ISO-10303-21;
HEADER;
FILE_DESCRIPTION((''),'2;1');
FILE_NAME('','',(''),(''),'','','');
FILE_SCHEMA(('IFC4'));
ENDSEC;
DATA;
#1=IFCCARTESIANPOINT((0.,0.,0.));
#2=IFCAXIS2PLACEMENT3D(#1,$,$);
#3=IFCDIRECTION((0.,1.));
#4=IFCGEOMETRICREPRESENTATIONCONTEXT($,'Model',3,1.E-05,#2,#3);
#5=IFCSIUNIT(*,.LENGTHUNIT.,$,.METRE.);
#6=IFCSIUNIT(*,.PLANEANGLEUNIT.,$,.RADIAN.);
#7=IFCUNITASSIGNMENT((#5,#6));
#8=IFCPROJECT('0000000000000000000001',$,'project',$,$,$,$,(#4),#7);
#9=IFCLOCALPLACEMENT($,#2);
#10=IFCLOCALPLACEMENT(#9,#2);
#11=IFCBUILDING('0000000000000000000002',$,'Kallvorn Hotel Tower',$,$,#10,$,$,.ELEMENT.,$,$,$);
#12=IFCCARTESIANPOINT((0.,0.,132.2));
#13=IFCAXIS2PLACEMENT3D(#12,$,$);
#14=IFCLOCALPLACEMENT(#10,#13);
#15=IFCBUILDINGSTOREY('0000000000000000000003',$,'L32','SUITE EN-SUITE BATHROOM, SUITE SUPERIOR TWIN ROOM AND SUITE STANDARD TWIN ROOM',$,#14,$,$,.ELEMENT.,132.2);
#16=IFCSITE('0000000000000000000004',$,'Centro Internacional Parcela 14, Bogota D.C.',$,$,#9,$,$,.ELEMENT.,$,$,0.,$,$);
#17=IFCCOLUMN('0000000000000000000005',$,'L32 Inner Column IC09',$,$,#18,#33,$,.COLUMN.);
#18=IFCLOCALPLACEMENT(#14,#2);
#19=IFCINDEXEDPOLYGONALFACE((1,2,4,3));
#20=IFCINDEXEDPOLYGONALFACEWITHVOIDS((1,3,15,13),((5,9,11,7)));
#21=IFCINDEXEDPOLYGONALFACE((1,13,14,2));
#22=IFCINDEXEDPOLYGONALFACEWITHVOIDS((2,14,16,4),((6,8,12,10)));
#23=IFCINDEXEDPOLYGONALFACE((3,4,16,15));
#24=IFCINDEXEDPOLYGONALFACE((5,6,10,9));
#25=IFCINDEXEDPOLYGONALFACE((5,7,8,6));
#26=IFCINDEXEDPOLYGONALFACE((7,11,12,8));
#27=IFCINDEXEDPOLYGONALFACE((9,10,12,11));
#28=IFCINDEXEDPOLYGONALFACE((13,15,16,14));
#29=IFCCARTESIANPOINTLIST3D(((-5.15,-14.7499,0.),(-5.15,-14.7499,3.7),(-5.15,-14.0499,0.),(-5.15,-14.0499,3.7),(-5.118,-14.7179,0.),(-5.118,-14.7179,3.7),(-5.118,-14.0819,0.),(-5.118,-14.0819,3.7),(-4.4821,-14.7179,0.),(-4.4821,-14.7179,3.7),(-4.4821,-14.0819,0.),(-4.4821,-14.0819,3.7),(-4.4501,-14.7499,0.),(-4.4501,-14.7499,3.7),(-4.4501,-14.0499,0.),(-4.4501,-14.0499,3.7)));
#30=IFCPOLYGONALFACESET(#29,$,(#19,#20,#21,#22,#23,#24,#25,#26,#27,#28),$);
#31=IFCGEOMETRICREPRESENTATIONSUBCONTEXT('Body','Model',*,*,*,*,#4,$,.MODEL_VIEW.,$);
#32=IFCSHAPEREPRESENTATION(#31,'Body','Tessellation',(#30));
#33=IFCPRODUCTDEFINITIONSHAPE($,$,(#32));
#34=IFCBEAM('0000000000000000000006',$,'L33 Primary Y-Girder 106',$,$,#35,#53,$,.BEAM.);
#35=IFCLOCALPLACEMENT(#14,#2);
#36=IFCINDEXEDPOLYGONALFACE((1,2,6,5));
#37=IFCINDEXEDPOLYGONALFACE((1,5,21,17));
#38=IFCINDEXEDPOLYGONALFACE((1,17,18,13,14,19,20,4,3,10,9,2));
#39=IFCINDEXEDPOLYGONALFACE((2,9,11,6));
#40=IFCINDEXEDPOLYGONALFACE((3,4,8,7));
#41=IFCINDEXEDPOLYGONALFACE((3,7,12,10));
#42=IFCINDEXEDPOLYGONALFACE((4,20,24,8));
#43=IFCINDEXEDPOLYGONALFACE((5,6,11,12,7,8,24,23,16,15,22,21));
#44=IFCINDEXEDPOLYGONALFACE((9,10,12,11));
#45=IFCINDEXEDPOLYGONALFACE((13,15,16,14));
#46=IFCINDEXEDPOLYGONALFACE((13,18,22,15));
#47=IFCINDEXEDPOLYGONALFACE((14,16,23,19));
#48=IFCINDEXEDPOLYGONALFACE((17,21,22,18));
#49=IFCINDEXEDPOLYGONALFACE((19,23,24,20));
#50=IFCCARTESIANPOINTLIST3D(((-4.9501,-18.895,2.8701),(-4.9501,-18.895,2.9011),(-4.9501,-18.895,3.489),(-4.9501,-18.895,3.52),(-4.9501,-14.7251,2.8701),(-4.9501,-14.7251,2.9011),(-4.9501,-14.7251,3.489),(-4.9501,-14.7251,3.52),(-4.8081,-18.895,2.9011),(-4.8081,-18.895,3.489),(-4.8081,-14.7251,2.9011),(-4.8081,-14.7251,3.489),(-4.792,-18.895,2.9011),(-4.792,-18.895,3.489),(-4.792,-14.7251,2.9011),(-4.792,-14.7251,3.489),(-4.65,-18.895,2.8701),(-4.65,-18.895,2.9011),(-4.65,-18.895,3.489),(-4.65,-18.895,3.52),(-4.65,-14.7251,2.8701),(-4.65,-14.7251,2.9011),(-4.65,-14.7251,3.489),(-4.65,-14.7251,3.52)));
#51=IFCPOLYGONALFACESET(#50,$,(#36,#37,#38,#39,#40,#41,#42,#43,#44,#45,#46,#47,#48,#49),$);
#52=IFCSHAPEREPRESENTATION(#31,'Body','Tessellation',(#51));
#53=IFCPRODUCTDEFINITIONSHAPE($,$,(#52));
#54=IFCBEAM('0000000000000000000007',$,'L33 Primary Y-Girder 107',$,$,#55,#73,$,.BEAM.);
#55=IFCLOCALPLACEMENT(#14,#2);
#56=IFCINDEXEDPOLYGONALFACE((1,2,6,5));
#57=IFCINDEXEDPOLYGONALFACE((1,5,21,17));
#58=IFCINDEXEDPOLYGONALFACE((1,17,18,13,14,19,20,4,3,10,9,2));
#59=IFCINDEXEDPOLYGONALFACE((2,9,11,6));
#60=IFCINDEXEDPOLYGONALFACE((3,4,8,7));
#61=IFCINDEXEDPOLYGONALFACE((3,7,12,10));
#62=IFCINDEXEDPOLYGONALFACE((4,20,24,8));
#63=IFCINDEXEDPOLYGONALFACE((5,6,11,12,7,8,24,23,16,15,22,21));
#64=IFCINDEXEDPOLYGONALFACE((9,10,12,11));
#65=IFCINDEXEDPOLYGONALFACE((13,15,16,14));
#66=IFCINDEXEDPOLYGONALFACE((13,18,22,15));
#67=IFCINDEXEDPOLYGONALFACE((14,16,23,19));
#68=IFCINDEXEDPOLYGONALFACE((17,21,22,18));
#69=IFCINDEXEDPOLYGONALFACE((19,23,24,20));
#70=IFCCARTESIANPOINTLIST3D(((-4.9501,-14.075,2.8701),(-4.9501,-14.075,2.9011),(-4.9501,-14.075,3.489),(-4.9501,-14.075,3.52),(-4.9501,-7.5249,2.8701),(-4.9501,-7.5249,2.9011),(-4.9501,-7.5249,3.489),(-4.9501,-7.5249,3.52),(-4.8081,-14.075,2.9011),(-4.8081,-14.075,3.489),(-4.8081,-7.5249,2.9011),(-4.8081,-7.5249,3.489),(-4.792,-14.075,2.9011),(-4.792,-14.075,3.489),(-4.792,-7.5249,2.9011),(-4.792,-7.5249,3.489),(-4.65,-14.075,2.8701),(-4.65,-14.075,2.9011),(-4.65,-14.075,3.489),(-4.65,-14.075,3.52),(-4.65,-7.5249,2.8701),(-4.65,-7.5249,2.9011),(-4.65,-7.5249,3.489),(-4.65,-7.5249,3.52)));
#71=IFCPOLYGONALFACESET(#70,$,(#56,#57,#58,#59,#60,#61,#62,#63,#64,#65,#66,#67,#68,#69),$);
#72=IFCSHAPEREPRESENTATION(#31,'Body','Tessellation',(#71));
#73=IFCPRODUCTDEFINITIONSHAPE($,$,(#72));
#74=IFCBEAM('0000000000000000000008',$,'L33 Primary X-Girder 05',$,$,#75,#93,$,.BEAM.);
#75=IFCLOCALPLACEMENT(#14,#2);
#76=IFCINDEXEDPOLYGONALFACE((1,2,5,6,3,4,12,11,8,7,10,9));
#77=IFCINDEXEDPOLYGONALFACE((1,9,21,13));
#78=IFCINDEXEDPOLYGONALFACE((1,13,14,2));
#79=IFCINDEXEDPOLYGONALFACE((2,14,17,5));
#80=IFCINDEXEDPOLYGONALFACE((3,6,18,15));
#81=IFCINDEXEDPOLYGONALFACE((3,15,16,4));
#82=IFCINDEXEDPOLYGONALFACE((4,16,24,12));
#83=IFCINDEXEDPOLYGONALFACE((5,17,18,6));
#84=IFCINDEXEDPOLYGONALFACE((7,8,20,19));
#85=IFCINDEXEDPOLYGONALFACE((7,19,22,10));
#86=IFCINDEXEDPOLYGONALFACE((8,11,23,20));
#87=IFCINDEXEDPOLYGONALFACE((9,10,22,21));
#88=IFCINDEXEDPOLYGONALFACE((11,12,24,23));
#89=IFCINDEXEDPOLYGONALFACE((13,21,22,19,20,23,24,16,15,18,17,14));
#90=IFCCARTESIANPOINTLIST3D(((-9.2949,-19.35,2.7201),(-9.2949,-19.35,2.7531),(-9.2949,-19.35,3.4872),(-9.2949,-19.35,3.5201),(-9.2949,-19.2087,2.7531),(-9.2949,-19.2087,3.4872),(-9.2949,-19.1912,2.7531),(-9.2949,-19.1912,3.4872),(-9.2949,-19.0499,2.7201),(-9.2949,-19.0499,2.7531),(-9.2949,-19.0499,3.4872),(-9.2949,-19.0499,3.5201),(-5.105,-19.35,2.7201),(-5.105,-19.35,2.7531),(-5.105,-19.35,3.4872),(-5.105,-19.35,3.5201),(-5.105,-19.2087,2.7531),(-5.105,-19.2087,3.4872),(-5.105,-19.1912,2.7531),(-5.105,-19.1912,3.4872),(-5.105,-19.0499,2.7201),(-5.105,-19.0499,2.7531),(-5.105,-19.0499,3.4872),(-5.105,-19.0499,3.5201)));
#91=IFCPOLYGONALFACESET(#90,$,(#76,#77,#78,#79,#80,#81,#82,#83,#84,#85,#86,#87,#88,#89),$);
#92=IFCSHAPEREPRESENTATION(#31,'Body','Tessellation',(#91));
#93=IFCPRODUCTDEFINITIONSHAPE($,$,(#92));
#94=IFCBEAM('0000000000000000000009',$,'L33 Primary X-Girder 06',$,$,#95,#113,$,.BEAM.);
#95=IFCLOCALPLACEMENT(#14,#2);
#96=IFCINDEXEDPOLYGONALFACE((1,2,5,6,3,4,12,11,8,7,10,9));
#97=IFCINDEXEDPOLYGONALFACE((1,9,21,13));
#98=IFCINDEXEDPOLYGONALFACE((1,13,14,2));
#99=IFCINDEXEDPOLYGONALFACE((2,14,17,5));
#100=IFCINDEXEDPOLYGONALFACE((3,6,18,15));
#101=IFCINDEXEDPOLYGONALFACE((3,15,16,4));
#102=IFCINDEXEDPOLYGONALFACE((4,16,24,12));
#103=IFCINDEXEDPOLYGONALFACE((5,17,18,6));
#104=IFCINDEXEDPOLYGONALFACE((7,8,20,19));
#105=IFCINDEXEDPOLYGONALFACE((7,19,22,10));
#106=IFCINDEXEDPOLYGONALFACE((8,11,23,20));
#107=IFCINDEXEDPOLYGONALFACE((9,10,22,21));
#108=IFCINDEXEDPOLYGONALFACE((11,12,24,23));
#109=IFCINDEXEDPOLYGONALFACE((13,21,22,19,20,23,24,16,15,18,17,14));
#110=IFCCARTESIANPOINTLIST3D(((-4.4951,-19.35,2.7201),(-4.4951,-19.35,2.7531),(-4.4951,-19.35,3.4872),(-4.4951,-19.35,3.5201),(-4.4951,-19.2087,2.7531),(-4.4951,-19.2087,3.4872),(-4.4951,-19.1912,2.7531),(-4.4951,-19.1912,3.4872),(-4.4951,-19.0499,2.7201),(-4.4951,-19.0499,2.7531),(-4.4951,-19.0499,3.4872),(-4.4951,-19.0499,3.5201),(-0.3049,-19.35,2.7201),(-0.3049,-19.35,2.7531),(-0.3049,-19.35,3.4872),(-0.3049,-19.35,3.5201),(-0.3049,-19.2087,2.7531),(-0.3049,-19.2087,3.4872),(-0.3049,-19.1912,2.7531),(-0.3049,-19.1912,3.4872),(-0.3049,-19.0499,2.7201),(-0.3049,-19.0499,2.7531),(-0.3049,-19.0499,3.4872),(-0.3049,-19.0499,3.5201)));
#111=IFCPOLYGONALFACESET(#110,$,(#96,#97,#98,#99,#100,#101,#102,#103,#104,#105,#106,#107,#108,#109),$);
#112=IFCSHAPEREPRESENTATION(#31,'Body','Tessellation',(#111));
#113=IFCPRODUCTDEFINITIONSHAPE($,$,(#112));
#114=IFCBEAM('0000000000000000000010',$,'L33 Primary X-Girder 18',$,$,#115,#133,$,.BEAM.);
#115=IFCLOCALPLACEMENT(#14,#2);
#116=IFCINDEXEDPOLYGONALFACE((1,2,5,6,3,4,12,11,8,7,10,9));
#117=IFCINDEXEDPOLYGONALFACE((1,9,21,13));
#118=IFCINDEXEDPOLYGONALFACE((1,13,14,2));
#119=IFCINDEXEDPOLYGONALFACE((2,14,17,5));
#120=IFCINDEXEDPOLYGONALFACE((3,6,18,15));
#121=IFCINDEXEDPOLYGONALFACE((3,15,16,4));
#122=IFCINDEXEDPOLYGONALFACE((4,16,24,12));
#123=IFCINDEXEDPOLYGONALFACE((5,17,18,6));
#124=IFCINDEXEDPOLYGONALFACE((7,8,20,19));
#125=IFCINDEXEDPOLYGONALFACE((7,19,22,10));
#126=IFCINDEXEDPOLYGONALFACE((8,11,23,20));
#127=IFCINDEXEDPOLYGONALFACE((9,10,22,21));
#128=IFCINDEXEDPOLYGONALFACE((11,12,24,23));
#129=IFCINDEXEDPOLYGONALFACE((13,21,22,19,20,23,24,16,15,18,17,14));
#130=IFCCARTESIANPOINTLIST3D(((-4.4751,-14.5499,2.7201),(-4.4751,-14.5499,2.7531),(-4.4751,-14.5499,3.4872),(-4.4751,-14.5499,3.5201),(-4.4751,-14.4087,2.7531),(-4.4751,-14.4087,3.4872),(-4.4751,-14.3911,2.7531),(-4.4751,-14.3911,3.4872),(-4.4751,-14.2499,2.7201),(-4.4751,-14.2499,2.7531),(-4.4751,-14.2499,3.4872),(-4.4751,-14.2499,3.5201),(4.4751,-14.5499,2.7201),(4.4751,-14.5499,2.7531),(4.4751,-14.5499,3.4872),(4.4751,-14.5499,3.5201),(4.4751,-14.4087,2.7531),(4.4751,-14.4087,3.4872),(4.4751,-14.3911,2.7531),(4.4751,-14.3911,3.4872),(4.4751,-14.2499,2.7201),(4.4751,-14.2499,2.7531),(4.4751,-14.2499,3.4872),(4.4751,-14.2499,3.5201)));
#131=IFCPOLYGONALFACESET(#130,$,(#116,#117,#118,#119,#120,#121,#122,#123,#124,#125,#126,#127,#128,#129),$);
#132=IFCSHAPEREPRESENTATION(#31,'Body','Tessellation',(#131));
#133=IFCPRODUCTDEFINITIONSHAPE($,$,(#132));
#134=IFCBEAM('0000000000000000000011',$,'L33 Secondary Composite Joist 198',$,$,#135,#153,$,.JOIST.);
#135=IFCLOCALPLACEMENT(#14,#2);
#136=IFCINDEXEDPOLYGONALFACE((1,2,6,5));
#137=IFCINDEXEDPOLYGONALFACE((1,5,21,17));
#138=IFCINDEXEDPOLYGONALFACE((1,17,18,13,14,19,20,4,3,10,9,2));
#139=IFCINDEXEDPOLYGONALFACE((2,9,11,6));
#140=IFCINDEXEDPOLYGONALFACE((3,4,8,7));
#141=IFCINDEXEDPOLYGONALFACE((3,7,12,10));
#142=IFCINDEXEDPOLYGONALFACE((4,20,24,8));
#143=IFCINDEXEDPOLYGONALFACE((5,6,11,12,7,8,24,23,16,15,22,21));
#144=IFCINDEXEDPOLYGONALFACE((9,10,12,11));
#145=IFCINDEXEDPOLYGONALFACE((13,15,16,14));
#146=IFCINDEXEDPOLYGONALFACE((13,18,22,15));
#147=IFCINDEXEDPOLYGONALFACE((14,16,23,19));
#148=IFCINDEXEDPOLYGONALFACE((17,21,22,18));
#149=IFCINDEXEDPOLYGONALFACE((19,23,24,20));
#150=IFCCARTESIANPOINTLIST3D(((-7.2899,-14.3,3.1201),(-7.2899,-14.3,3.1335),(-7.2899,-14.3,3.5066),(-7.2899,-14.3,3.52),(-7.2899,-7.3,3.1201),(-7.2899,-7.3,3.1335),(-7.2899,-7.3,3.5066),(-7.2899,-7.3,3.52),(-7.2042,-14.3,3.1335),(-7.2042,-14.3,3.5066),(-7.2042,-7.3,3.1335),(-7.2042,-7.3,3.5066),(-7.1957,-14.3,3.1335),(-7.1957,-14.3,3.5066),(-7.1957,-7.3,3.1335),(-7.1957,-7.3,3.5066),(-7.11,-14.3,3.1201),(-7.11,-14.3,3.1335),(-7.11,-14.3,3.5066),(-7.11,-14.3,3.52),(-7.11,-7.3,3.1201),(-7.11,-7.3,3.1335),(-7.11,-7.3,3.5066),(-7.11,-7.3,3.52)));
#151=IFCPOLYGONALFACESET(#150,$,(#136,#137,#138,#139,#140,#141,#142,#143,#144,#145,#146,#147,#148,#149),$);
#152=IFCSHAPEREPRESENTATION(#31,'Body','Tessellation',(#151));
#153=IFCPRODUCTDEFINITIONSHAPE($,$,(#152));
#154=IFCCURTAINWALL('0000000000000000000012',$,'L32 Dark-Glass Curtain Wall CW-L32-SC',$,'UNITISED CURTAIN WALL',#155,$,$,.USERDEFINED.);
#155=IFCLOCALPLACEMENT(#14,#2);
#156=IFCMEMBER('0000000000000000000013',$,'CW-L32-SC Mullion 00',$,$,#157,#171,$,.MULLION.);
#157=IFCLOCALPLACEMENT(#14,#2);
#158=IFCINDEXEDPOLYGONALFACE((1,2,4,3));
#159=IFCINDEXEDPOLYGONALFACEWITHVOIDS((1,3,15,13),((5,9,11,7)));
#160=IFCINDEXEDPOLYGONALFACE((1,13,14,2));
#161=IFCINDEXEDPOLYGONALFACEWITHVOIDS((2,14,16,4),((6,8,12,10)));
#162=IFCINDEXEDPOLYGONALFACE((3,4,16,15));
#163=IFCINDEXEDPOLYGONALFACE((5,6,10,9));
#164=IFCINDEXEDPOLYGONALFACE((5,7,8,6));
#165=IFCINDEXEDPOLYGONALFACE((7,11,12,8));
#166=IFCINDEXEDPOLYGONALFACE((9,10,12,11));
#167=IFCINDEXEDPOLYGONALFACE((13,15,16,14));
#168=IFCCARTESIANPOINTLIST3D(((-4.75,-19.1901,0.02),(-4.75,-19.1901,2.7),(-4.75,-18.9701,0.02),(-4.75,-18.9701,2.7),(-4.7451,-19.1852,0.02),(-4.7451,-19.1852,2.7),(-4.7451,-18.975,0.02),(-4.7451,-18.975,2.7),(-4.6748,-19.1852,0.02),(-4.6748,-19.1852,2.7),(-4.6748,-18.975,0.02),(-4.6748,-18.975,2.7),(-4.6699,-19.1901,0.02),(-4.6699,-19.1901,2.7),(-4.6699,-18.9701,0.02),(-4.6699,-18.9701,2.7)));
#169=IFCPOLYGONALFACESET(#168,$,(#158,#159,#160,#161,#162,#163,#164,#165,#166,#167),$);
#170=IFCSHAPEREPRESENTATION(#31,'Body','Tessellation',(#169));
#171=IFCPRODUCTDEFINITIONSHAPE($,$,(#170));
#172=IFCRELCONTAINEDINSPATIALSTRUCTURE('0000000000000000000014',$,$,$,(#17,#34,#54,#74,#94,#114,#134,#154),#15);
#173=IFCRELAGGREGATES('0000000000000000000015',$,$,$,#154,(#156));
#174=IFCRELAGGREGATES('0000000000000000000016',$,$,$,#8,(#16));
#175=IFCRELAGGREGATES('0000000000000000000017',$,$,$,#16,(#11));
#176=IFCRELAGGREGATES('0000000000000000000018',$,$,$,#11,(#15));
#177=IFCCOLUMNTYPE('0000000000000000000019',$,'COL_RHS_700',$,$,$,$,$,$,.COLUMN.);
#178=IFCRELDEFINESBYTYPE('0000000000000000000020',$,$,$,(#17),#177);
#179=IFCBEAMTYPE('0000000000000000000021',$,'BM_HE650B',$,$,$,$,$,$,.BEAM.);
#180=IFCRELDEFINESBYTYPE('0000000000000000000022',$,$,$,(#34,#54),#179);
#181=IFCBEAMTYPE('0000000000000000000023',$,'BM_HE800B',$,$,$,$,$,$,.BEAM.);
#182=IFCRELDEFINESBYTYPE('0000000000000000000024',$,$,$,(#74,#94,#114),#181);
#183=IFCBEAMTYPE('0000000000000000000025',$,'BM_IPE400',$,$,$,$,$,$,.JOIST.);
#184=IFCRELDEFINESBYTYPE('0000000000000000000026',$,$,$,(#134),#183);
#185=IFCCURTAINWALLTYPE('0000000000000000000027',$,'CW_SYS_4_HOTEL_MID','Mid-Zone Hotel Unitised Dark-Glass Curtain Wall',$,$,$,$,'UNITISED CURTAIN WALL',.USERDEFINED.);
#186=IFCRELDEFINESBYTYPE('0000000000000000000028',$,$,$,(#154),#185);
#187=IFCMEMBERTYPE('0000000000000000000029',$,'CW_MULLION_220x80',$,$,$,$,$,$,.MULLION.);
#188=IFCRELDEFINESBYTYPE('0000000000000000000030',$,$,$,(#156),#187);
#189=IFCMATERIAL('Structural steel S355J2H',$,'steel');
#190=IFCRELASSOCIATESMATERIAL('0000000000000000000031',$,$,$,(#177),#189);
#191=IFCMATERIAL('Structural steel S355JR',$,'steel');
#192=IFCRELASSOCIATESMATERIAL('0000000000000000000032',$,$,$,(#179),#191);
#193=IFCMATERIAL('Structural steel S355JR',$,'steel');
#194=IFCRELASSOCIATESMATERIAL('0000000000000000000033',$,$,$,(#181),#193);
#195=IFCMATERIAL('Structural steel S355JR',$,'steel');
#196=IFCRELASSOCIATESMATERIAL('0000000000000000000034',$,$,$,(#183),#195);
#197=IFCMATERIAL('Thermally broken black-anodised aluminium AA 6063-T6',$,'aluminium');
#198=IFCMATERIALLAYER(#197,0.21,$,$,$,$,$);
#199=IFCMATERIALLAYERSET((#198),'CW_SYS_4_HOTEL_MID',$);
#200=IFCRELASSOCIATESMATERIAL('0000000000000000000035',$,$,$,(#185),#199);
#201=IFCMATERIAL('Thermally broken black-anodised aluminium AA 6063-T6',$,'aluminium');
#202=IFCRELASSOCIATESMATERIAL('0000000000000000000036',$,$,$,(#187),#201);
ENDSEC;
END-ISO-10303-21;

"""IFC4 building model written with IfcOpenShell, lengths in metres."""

from ifc_helpers import new_model, si_unit, direction, frame, origin, origin_2d, place, context, subcontext, project, spatial, hollow_rectangle, i_section, extrude, material, layer, layer_set, material_profile, profile_set, type_object, element, aggregate, save


model = new_model("IFC4")

# Units and contexts
model_context = context("Model", 3, precision=1e-05, world=origin(), true_north=direction((0.0, 1.0)))
body_context = subcontext(model_context, "Body", "Model", "MODEL_VIEW")
ifc_project = project(units=[si_unit("LENGTHUNIT", "METRE"), si_unit("PLANEANGLEUNIT", "RADIAN")], contexts=[model_context])

# Site, building, storey
site_placement = place(None, origin())
site = spatial("IfcSite", under=ifc_project, at=site_placement, Name="Centro Internacional Parcela 14, Bogota D.C.", CompositionType="ELEMENT", RefElevation=0.0)
building_placement = place(site_placement, origin())
building = spatial("IfcBuilding", under=site, at=building_placement, Name="Kallvorn Hotel Tower", CompositionType="ELEMENT")
storey_placement = place(building_placement, frame((0.0, 0.0, 132.2)))
storey = spatial("IfcBuildingStorey", under=building, at=storey_placement, Name="L32", Description="SUITE EN-SUITE BATHROOM, SUITE SUPERIOR TWIN ROOM AND SUITE STANDARD TWIN ROOM", CompositionType="ELEMENT", Elevation=132.2)

# Column
ifc_material_1 = material(Name="Structural steel S355J2H", Category="steel")
ifc_material_profile_1 = material_profile(ifc_material_1, hollow_rectangle(XDim=0.7, YDim=0.7, WallThickness=0.032, at=origin_2d()), Name="RHS 700x700x32")
ifc_profile_set_1 = profile_set([ifc_material_profile_1], Name="Structural steel S355J2H")
column_type_1 = type_object("IfcColumnType", Name="COL_RHS_700", PredefinedType="COLUMN", material=ifc_profile_set_1)
column_placement = place(storey_placement, frame((-4.8, -14.3999, 0.0), z_axis=(0.0, 0.0, 1.0), x_axis=(1.0, 0.0, 0.0)))
element("IfcColumn", 1, at=column_placement, inside=storey, type_object=column_type_1, Name="L32 Inner Column IC09", PredefinedType="COLUMN", context=body_context, shape_type="SweptSolid", body=[
    extrude(hollow_rectangle(XDim=0.7, YDim=0.7, WallThickness=0.032, at=origin_2d()), origin(), (0.0, 0.0, 1.0), 3.7),
])

# Beams
ifc_material_2 = material(Name="Structural steel S355JR", Category="steel")
ifc_material_profile_2 = material_profile(ifc_material_2, i_section(OverallWidth=0.3, OverallDepth=0.6499, WebThickness=0.0161, FlangeThickness=0.031, at=origin_2d()), Name="HE 650 B")
ifc_profile_set_2 = profile_set([ifc_material_profile_2], Name="Structural steel S355JR")
beam_type_1 = type_object("IfcBeamType", Name="BM_HE650B", PredefinedType="BEAM", material=ifc_profile_set_2)
beam_1_placement = place(storey_placement, frame((-4.8, -18.895, 3.1951), z_axis=(0.0, 1.0, 0.0), x_axis=(-1.0, 0.0, 0.0)))
element("IfcBeam", 2, at=beam_1_placement, inside=storey, type_object=beam_type_1, Name="L33 Primary Y-Girder 106", PredefinedType="BEAM", context=body_context, shape_type="SweptSolid", body=[
    extrude(i_section(OverallWidth=0.3, OverallDepth=0.6499, WebThickness=0.0161, FlangeThickness=0.031, at=origin_2d()), origin(), (0.0, 0.0, 1.0), 4.1699),
])
beam_2_placement = place(storey_placement, frame((-4.8, -14.075, 3.1951), z_axis=(0.0, 1.0, 0.0), x_axis=(-1.0, 0.0, 0.0)))
element("IfcBeam", 3, at=beam_2_placement, inside=storey, type_object=beam_type_1, Name="L33 Primary Y-Girder 107", PredefinedType="BEAM", context=body_context, shape_type="SweptSolid", body=[
    extrude(i_section(OverallWidth=0.3, OverallDepth=0.6499, WebThickness=0.0161, FlangeThickness=0.031, at=origin_2d()), origin(), (0.0, 0.0, 1.0), 6.55),
])
ifc_material_3 = material(Name="Structural steel S355JR", Category="steel")
ifc_material_profile_3 = material_profile(ifc_material_3, i_section(OverallWidth=0.3, OverallDepth=0.8, WebThickness=0.0176, FlangeThickness=0.033, at=origin_2d()), Name="HE 800 B")
ifc_profile_set_3 = profile_set([ifc_material_profile_3], Name="Structural steel S355JR")
beam_type_2 = type_object("IfcBeamType", Name="BM_HE800B", PredefinedType="BEAM", material=ifc_profile_set_3)
beam_3_placement = place(storey_placement, frame((-9.2949, -19.2, 3.1201), z_axis=(1.0, 0.0, 0.0), x_axis=(0.0, 1.0, 0.0)))
element("IfcBeam", 4, at=beam_3_placement, inside=storey, type_object=beam_type_2, Name="L33 Primary X-Girder 05", PredefinedType="BEAM", context=body_context, shape_type="SweptSolid", body=[
    extrude(i_section(OverallWidth=0.3, OverallDepth=0.8, WebThickness=0.0176, FlangeThickness=0.033, at=origin_2d()), origin(), (0.0, 0.0, 1.0), 4.1899),
])
beam_4_placement = place(storey_placement, frame((-4.4951, -19.2, 3.1201), z_axis=(1.0, 0.0, 0.0), x_axis=(0.0, 1.0, 0.0)))
element("IfcBeam", 5, at=beam_4_placement, inside=storey, type_object=beam_type_2, Name="L33 Primary X-Girder 06", PredefinedType="BEAM", context=body_context, shape_type="SweptSolid", body=[
    extrude(i_section(OverallWidth=0.3, OverallDepth=0.8, WebThickness=0.0176, FlangeThickness=0.033, at=origin_2d()), origin(), (0.0, 0.0, 1.0), 4.1902),
])
beam_5_placement = place(storey_placement, frame((-4.4751, -14.3999, 3.1201), z_axis=(1.0, 0.0, 0.0), x_axis=(0.0, 1.0, 0.0)))
element("IfcBeam", 6, at=beam_5_placement, inside=storey, type_object=beam_type_2, Name="L33 Primary X-Girder 18", PredefinedType="BEAM", context=body_context, shape_type="SweptSolid", body=[
    extrude(i_section(OverallWidth=0.3, OverallDepth=0.8, WebThickness=0.0176, FlangeThickness=0.033, at=origin_2d()), origin(), (0.0, 0.0, 1.0), 8.9502),
])
ifc_material_4 = material(Name="Structural steel S355JR", Category="steel")
ifc_material_profile_4 = material_profile(ifc_material_4, i_section(OverallWidth=0.1799, OverallDepth=0.3999, WebThickness=0.0085, FlangeThickness=0.0134, at=origin_2d()), Name="IPE 400")
ifc_profile_set_4 = profile_set([ifc_material_profile_4], Name="Structural steel S355JR")
beam_type_3 = type_object("IfcBeamType", Name="BM_IPE400", PredefinedType="JOIST", material=ifc_profile_set_4)
beam_6_placement = place(storey_placement, frame((-7.2, -14.3, 3.3201), z_axis=(0.0, 1.0, 0.0), x_axis=(-1.0, 0.0, 0.0)))
element("IfcBeam", 7, at=beam_6_placement, inside=storey, type_object=beam_type_3, Name="L33 Secondary Composite Joist 198", PredefinedType="JOIST", context=body_context, shape_type="SweptSolid", body=[
    extrude(i_section(OverallWidth=0.1799, OverallDepth=0.3999, WebThickness=0.0085, FlangeThickness=0.0134, at=origin_2d()), origin(), (0.0, 0.0, 1.0), 7.0),
])

# Curtain wall, member
ifc_material_5 = material(Name="Thermally broken black-anodised aluminium AA 6063-T6", Category="aluminium")
ifc_layer_1 = layer(ifc_material_5, 0.21)
ifc_layer_set_1 = layer_set([ifc_layer_1], Name="CW_SYS_4_HOTEL_MID")
curtain_wall_type = type_object("IfcCurtainWallType", Name="CW_SYS_4_HOTEL_MID", Description="Mid-Zone Hotel Unitised Dark-Glass Curtain Wall", ElementType="UNITISED CURTAIN WALL", PredefinedType="USERDEFINED", material=ifc_layer_set_1)
curtain_wall_placement = place(storey_placement, origin())
curtain_wall = element("IfcCurtainWall", 8, at=curtain_wall_placement, inside=storey, type_object=curtain_wall_type, Name="L32 Dark-Glass Curtain Wall CW-L32-SC", ObjectType="UNITISED CURTAIN WALL", PredefinedType="USERDEFINED")
ifc_material_6 = material(Name="Thermally broken black-anodised aluminium AA 6063-T6", Category="aluminium")
ifc_material_profile_5 = material_profile(ifc_material_6, hollow_rectangle(XDim=0.0801, YDim=0.22, WallThickness=0.0049, at=origin_2d()), Name="MUL 220x80")
ifc_profile_set_5 = profile_set([ifc_material_profile_5], Name="Thermally broken black-anodised aluminium AA 6063-T6")
member_type_1 = type_object("IfcMemberType", Name="CW_MULLION_220x80", PredefinedType="MULLION", material=ifc_profile_set_5)
member_1_placement = place(storey_placement, frame((-4.71, -19.0801, 0.02), z_axis=(0.0, 0.0, 1.0), x_axis=(1.0, 0.0, 0.0)))
member_1 = element("IfcMember", 9, at=member_1_placement, type_object=member_type_1, Name="CW-L32-SC Mullion 00", PredefinedType="MULLION", context=body_context, shape_type="SweptSolid", body=[
    extrude(hollow_rectangle(XDim=0.0801, YDim=0.22, WallThickness=0.0049, at=origin_2d()), origin(), (0.0, 0.0, 1.0), 2.6799),
])
aggregate(curtain_wall, [member_1])

save(model, "model.ifc")
